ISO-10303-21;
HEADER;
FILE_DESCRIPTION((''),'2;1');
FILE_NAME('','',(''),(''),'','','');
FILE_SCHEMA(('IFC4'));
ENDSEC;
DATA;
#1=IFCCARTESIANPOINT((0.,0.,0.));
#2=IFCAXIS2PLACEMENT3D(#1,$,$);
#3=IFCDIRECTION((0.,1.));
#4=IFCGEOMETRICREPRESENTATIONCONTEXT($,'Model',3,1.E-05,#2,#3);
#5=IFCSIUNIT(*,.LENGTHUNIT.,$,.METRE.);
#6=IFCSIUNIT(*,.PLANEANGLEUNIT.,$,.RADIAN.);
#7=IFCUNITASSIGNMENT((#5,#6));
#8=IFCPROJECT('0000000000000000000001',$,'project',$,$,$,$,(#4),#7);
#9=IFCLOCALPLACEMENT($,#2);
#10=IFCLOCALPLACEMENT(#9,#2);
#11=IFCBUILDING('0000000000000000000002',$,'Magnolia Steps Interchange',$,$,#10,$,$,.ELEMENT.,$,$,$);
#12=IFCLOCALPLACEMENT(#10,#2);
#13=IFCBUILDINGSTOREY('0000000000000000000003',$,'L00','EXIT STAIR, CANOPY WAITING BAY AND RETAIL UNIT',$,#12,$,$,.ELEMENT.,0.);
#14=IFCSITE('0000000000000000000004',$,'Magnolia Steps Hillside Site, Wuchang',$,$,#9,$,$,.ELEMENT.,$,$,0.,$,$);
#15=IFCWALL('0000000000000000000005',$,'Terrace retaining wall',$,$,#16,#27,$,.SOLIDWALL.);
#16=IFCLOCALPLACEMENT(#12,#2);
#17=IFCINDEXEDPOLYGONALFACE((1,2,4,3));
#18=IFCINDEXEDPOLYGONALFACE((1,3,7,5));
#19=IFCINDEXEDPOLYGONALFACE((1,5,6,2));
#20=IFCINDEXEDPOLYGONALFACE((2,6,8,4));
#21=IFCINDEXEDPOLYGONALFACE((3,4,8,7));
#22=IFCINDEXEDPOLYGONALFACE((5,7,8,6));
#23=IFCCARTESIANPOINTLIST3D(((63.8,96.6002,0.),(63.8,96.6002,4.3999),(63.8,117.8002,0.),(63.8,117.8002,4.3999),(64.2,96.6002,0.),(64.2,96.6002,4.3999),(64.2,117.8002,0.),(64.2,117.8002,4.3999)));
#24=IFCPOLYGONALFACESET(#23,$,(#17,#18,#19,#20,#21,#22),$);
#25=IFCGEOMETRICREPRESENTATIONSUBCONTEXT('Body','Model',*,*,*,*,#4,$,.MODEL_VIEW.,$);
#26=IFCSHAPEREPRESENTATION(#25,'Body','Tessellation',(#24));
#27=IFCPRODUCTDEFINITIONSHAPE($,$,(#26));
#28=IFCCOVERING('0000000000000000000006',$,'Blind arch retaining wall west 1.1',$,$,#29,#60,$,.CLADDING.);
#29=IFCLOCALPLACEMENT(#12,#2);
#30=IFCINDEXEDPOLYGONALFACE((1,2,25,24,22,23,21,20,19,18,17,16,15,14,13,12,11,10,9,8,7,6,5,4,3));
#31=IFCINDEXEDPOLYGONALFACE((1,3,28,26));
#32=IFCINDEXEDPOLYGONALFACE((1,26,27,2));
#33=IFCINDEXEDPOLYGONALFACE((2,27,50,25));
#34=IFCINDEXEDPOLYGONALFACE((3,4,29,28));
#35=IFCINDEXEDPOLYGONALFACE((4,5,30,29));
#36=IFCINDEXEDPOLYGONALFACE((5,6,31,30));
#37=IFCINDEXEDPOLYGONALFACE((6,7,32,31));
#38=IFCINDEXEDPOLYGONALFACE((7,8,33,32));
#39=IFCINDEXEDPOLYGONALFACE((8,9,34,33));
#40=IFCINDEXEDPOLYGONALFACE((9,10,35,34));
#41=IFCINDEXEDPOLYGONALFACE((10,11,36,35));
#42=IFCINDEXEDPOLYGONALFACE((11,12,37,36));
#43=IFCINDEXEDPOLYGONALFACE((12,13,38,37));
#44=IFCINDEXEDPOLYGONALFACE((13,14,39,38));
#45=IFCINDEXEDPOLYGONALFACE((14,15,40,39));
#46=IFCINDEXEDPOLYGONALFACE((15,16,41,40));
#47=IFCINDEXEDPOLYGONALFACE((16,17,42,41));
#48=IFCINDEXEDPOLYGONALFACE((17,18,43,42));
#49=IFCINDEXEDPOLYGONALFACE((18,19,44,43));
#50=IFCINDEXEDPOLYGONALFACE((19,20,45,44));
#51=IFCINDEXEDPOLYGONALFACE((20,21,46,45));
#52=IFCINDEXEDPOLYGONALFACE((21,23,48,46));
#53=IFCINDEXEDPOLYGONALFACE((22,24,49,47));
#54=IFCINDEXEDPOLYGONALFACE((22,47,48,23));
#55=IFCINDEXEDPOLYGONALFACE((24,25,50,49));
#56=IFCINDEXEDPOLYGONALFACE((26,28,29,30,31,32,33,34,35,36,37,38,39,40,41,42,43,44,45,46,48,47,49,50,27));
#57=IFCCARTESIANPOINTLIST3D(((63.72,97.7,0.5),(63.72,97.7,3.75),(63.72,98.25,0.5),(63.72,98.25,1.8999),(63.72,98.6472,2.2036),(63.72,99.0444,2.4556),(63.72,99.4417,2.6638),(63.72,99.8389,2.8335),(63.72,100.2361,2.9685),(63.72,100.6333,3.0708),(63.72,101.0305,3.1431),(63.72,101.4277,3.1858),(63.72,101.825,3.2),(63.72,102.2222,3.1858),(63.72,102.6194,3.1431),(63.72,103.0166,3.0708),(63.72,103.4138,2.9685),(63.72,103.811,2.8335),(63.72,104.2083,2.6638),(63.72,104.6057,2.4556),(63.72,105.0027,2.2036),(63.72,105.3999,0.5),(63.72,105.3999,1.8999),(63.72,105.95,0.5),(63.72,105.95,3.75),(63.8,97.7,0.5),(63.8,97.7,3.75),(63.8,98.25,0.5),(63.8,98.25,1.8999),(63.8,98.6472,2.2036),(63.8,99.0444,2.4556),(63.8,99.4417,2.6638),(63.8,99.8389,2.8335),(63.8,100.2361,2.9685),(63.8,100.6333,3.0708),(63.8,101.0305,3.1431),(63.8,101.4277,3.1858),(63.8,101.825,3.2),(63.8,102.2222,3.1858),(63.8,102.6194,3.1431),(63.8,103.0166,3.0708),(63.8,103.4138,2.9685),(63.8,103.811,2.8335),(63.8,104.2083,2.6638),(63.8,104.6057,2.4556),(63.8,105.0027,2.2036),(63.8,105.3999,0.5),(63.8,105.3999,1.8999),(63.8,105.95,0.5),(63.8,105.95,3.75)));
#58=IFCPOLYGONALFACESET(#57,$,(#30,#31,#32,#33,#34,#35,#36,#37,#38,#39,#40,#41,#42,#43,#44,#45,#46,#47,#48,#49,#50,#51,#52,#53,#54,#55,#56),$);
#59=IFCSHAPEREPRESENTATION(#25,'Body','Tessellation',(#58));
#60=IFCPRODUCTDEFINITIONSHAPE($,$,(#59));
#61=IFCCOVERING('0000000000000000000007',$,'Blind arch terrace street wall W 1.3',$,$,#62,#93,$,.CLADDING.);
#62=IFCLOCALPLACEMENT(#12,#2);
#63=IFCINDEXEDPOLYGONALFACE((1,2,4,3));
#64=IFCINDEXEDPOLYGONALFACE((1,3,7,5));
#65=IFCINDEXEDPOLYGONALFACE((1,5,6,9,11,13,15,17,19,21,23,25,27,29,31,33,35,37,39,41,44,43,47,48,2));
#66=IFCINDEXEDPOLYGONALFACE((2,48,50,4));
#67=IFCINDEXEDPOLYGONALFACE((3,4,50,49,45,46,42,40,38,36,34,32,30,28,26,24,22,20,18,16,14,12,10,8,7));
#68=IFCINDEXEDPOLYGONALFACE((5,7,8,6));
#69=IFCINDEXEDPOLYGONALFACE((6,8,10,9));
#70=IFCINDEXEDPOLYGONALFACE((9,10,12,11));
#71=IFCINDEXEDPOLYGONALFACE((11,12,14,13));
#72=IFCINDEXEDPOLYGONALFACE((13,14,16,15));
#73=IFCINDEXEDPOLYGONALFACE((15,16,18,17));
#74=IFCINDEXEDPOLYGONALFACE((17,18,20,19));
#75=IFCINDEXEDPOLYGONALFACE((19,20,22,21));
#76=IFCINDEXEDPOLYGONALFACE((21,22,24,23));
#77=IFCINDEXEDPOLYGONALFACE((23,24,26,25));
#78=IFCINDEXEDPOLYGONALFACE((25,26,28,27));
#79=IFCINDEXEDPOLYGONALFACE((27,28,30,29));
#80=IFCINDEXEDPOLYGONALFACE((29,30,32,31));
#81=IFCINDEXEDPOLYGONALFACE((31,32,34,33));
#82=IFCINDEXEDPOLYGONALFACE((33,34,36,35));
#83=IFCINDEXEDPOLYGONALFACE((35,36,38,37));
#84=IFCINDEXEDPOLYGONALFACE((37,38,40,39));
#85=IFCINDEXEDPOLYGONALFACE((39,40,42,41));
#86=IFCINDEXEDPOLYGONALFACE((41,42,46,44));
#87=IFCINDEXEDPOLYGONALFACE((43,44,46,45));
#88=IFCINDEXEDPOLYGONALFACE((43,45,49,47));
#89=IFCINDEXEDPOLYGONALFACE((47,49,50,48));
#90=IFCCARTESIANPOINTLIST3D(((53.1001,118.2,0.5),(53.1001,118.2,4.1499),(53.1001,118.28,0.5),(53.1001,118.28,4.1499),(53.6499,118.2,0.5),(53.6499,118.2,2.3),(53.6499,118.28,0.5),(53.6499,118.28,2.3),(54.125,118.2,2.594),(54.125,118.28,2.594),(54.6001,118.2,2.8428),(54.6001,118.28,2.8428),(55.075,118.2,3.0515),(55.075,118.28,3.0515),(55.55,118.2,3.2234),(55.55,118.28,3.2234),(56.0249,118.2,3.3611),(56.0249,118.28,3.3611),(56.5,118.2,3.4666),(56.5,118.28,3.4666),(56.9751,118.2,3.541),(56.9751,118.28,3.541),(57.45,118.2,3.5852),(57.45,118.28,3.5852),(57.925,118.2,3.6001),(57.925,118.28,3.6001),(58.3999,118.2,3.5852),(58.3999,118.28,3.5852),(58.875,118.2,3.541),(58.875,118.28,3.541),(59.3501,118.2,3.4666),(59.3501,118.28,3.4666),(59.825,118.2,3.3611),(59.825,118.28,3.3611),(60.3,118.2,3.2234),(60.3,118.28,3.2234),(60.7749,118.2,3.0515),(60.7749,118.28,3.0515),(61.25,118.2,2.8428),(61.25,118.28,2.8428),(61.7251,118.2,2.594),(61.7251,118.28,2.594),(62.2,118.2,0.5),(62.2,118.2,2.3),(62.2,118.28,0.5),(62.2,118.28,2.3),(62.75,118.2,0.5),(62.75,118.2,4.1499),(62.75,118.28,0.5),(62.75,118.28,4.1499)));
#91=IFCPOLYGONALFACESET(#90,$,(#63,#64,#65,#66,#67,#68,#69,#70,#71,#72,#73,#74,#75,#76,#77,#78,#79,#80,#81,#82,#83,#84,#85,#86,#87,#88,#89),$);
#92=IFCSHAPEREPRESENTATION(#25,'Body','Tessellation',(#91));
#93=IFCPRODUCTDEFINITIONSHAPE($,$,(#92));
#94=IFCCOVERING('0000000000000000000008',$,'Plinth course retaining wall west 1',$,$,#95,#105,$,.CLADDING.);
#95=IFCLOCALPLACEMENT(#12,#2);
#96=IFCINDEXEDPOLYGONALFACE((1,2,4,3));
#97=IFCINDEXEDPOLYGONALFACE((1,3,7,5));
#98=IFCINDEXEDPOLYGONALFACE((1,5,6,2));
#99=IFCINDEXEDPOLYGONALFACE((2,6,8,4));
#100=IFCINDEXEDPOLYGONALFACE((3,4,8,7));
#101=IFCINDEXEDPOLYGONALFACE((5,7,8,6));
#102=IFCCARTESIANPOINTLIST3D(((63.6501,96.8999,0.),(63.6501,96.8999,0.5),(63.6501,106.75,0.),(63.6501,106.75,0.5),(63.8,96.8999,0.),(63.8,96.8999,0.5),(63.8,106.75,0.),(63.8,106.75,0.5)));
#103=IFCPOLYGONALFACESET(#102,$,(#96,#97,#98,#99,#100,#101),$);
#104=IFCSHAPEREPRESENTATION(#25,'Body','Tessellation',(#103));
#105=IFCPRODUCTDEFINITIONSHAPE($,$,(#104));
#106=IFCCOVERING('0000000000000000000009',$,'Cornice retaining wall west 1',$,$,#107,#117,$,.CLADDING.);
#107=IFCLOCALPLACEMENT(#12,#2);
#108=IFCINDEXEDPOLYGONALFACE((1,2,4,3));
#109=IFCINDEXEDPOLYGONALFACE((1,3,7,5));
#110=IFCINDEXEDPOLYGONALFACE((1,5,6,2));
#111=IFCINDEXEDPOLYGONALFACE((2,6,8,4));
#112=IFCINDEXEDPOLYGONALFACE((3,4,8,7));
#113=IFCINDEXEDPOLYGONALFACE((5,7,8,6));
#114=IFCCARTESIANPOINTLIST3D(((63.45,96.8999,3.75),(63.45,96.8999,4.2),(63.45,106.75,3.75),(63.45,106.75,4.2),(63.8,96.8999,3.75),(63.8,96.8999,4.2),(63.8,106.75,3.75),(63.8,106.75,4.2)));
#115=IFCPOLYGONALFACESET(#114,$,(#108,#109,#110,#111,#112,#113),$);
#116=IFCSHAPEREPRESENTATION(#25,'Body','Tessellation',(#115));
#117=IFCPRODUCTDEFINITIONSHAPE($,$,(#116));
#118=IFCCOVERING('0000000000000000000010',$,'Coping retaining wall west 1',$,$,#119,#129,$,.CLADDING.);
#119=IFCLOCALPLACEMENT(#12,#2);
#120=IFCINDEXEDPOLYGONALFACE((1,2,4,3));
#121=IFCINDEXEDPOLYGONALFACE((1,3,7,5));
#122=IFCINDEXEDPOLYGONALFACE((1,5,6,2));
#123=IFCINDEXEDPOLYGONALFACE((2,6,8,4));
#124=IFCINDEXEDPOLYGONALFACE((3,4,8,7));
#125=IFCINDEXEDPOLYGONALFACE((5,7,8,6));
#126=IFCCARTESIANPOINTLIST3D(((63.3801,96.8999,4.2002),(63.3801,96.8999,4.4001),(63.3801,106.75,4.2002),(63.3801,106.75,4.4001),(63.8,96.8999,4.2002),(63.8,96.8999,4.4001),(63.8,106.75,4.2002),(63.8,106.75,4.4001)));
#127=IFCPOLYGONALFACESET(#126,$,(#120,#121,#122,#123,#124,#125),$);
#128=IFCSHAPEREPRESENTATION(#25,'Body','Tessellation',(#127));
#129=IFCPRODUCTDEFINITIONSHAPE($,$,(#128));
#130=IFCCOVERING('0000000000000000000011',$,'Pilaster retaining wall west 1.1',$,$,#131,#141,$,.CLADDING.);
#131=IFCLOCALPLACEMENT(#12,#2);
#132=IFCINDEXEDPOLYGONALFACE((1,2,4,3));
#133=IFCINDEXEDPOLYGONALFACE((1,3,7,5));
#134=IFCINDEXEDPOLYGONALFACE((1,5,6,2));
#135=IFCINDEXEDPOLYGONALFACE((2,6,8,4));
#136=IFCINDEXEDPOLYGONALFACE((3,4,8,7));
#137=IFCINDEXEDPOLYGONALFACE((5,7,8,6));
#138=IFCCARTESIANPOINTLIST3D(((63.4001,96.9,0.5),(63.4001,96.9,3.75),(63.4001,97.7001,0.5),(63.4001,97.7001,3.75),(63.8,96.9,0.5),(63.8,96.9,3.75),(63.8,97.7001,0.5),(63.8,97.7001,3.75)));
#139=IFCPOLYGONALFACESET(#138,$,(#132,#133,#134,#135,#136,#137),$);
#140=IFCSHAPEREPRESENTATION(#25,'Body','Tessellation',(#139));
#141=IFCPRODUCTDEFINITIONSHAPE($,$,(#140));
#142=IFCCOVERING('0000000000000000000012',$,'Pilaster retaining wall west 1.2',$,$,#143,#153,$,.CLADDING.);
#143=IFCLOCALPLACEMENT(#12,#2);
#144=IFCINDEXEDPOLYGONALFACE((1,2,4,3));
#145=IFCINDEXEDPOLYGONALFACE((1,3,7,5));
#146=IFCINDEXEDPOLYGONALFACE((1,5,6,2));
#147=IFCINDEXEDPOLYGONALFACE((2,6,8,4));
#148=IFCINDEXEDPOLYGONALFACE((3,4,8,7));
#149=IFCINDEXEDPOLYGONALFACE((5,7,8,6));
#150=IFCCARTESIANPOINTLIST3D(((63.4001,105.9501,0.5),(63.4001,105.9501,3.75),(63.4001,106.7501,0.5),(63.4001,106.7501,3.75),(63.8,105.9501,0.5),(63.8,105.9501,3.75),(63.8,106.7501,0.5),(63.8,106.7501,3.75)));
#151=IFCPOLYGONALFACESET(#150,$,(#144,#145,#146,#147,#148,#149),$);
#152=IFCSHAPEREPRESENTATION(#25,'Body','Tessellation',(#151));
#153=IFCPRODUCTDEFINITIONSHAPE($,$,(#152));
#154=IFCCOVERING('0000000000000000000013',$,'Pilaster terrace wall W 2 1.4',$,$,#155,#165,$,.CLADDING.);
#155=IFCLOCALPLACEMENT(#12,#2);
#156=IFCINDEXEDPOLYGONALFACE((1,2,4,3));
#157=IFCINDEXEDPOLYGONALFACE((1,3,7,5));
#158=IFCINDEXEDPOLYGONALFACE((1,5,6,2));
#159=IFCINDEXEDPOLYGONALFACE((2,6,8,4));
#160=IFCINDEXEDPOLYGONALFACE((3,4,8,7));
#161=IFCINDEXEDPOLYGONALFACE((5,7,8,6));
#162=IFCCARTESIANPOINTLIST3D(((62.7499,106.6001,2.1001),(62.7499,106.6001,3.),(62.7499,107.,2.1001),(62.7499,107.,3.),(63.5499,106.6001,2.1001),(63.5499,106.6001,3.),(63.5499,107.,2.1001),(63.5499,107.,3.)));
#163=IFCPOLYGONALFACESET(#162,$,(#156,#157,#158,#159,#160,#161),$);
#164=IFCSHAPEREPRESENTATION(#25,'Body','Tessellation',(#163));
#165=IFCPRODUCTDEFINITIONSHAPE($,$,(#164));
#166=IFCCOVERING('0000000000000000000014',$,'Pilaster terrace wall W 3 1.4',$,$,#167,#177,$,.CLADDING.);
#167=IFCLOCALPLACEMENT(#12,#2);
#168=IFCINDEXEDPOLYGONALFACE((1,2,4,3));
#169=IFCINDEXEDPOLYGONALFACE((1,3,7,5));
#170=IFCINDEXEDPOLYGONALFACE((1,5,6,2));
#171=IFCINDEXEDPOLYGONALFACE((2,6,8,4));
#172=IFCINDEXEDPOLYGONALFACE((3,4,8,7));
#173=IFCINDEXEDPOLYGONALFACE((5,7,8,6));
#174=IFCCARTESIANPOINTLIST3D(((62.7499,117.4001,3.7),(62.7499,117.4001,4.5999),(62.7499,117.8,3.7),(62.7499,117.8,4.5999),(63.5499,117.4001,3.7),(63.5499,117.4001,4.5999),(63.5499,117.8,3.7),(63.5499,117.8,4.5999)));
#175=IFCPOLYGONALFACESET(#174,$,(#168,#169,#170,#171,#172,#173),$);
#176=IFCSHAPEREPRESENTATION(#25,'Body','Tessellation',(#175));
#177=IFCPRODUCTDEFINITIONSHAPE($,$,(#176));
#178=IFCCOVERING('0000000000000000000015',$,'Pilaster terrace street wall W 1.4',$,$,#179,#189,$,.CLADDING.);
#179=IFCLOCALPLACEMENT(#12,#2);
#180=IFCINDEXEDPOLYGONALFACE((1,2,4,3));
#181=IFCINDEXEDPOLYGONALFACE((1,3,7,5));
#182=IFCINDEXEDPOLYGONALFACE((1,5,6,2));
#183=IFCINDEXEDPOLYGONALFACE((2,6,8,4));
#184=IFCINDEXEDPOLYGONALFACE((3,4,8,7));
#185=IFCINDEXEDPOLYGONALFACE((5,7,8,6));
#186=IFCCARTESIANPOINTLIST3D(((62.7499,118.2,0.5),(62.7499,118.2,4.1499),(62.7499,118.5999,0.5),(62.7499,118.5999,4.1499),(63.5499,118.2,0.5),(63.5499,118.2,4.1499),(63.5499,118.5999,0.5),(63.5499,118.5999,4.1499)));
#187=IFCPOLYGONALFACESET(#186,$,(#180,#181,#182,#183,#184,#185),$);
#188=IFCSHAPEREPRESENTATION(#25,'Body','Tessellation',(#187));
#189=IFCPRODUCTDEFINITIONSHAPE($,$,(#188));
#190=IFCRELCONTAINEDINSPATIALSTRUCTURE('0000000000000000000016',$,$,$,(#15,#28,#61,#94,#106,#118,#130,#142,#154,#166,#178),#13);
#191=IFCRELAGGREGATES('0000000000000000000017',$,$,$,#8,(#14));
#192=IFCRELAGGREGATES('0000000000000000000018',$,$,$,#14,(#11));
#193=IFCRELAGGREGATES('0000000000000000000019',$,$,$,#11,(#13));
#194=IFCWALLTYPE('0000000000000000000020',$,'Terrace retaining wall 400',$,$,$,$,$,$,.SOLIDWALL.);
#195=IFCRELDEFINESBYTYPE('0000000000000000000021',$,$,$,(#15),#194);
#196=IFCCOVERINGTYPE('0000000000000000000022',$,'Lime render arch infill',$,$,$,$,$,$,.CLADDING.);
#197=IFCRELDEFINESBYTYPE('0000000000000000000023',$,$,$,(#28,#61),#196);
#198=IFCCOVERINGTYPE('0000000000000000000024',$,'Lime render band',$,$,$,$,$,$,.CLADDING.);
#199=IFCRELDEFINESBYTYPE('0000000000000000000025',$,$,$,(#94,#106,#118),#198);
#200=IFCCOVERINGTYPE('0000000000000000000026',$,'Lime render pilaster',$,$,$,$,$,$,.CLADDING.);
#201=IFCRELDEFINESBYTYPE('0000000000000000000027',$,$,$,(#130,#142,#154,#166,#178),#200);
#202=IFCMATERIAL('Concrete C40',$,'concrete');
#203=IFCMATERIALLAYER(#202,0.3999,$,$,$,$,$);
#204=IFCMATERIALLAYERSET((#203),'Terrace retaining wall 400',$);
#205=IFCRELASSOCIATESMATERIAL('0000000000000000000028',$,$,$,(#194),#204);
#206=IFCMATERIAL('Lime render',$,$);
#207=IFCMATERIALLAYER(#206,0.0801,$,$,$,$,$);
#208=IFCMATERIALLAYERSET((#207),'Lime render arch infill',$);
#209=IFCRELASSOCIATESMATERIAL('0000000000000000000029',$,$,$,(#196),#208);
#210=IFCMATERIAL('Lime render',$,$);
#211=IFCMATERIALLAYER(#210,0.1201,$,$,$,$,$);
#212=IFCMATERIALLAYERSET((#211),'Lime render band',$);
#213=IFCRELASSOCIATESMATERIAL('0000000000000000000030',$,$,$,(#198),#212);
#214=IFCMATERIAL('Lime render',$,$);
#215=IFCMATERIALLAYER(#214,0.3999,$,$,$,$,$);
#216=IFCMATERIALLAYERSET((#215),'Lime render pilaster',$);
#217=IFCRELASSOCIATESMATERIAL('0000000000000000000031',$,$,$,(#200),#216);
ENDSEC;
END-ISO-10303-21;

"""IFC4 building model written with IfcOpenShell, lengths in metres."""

from ifc_helpers import new_model, si_unit, direction, frame, frame_2d, origin, origin_2d, place, context, subcontext, project, spatial, polyline, rectangle, outline, extrude, material, layer, layer_set, type_object, element, save


model = new_model("IFC4")

# Units and contexts
model_context = context("Model", 3, precision=1e-05, world=origin(), true_north=direction((0.0, 1.0)))
body_context = subcontext(model_context, "Body", "Model", "MODEL_VIEW")
ifc_project = project(units=[si_unit("LENGTHUNIT", "METRE"), si_unit("PLANEANGLEUNIT", "RADIAN")], contexts=[model_context])

# Site, building, storey
site_placement = place(None, origin())
site = spatial("IfcSite", under=ifc_project, at=site_placement, Name="Magnolia Steps Hillside Site, Wuchang", CompositionType="ELEMENT", RefElevation=0.0)
building_placement = place(site_placement, origin())
building = spatial("IfcBuilding", under=site, at=building_placement, Name="Magnolia Steps Interchange", CompositionType="ELEMENT")
storey_placement = place(building_placement, origin())
storey = spatial("IfcBuildingStorey", under=building, at=storey_placement, Name="L00", Description="EXIT STAIR, CANOPY WAITING BAY AND RETAIL UNIT", CompositionType="ELEMENT", Elevation=0.0)

# Wall
ifc_material_1 = material(Name="Concrete C40", Category="concrete")
ifc_layer_1 = layer(ifc_material_1, 0.3999)
ifc_layer_set_1 = layer_set([ifc_layer_1], Name="Terrace retaining wall 400")
wall_type_1 = type_object("IfcWallType", Name="Terrace retaining wall 400", PredefinedType="SOLIDWALL", material=ifc_layer_set_1)
wall_1_placement = place(storey_placement, frame((64.0, 96.6001, 0.0), z_axis=(0.0, 0.0, 1.0), x_axis=(0.0, 1.0, 0.0)))
element("IfcWall", 1, at=wall_1_placement, inside=storey, type_object=wall_type_1, Name="Terrace retaining wall", PredefinedType="SOLIDWALL", context=body_context, shape_type="SweptSolid", body=[
    extrude(rectangle(XDim=21.2, YDim=0.3999, at=frame_2d((10.6001, 0.0))), origin(), (0.0, 0.0, 1.0), 4.3999),
])

# Coverings
ifc_material_2 = material(Name="Lime render")
ifc_layer_2 = layer(ifc_material_2, 0.0801)
ifc_layer_set_2 = layer_set([ifc_layer_2], Name="Lime render arch infill")
covering_type_1 = type_object("IfcCoveringType", Name="Lime render arch infill", PredefinedType="CLADDING", material=ifc_layer_set_2)
covering_1_placement = place(storey_placement, frame((63.8, 98.25, 0.5), z_axis=(1.0, 0.0, 0.0), x_axis=(0.0, 0.0, 1.0)))
element("IfcCovering", 2, at=covering_1_placement, inside=storey, type_object=covering_type_1, Name="Blind arch retaining wall west 1.1", PredefinedType="CLADDING", context=body_context, shape_type="SweptSolid", body=[
    extrude(outline(polyline([(0.0, 0.0), (1.3999, 0.0), (1.7036, -0.3972), (1.9556, -0.7944), (2.1638, -1.1917), (2.3335, -1.5889), (2.4685, -1.9861), (2.5708, -2.3833), (2.6431, -2.7805), (2.6858, -3.1777), (2.7, -3.575), (2.6858, -3.9722), (2.6431, -4.3694), (2.5708, -4.7666), (2.4685, -5.1638), (2.3335, -5.561), (2.1638, -5.9583), (1.9556, -6.3557), (1.7036, -6.7527), (1.3999, -7.1499), (0.0, -7.1499), (0.0, -7.7), (3.25, -7.7), (3.25, 0.55), (0.0, 0.55), (0.0, 0.0)])), origin(), (0.0, 0.0, -1.0), 0.0801),
])
covering_2_placement = place(storey_placement, frame((53.6499, 118.2, 0.5), z_axis=(0.0, -1.0, 0.0), x_axis=(0.0, 0.0, 1.0)))
element("IfcCovering", 3, at=covering_2_placement, inside=storey, type_object=covering_type_1, Name="Blind arch terrace street wall W 1.3", PredefinedType="CLADDING", context=body_context, shape_type="SweptSolid", body=[
    extrude(outline(polyline([(0.0, 0.0), (1.8, 0.0), (2.094, -0.4751), (2.3428, -0.9502), (2.5515, -1.425), (2.7234, -1.9001), (2.8611, -2.375), (2.9666, -2.8501), (3.041, -3.3252), (3.0852, -3.8), (3.1001, -4.2751), (3.0852, -4.75), (3.041, -5.2251), (2.9666, -5.7002), (2.8611, -6.175), (2.7234, -6.6501), (2.5515, -7.125), (2.3428, -7.6001), (2.094, -8.0752), (1.8, -8.55), (0.0, -8.55), (0.0, -9.1001), (3.6499, -9.1001), (3.6499, 0.5498), (0.0, 0.5498), (0.0, 0.0)])), origin(), (0.0, 0.0, -1.0), 0.0801),
])
ifc_material_3 = material(Name="Lime render")
ifc_layer_3 = layer(ifc_material_3, 0.1201)
ifc_layer_set_3 = layer_set([ifc_layer_3], Name="Lime render band")
covering_type_2 = type_object("IfcCoveringType", Name="Lime render band", PredefinedType="CLADDING", material=ifc_layer_set_3)
covering_3_placement = place(storey_placement, frame((63.7251, 101.825, 0.0), z_axis=(0.0, 0.0, 1.0), x_axis=(1.0, 0.0, 0.0)))
element("IfcCovering", 4, at=covering_3_placement, inside=storey, type_object=covering_type_2, Name="Plinth course retaining wall west 1", PredefinedType="CLADDING", context=body_context, shape_type="SweptSolid", body=[
    extrude(rectangle(XDim=0.1499, YDim=9.8501, at=origin_2d()), origin(), (0.0, 0.0, 1.0), 0.5),
])
covering_4_placement = place(storey_placement, frame((63.625, 101.825, 3.75), z_axis=(0.0, 0.0, 1.0), x_axis=(1.0, 0.0, 0.0)))
element("IfcCovering", 5, at=covering_4_placement, inside=storey, type_object=covering_type_2, Name="Cornice retaining wall west 1", PredefinedType="CLADDING", context=body_context, shape_type="SweptSolid", body=[
    extrude(rectangle(XDim=0.3501, YDim=9.8501, at=origin_2d()), origin(), (0.0, 0.0, 1.0), 0.45),
])
covering_5_placement = place(storey_placement, frame((63.5901, 101.825, 4.2002), z_axis=(0.0, 0.0, 1.0), x_axis=(1.0, 0.0, 0.0)))
element("IfcCovering", 6, at=covering_5_placement, inside=storey, type_object=covering_type_2, Name="Coping retaining wall west 1", PredefinedType="CLADDING", context=body_context, shape_type="SweptSolid", body=[
    extrude(rectangle(XDim=0.4199, YDim=9.8501, at=origin_2d()), origin(), (0.0, 0.0, 1.0), 0.2),
])
ifc_material_4 = material(Name="Lime render")
ifc_layer_4 = layer(ifc_material_4, 0.3999)
ifc_layer_set_4 = layer_set([ifc_layer_4], Name="Lime render pilaster")
covering_type_3 = type_object("IfcCoveringType", Name="Lime render pilaster", PredefinedType="CLADDING", material=ifc_layer_set_4)
for number, where, z_axis, x_axis, name in (
    (7, (63.6001, 97.3, 0.5), (0.0, 0.0, 1.0), (1.0, 0.0, 0.0), "Pilaster retaining wall west 1.1"),
    (8, (63.6001, 106.3501, 0.5), (0.0, 0.0, 1.0), (1.0, 0.0, 0.0), "Pilaster retaining wall west 1.2"),
):
    element("IfcCovering", number, at=place(storey_placement, frame(where, z_axis=z_axis, x_axis=x_axis)), inside=storey, type_object=covering_type_3, Name=name, PredefinedType="CLADDING", context=body_context, shape_type="SweptSolid", body=[
        extrude(rectangle(XDim=0.3999, YDim=0.8, at=origin_2d()), origin(), (0.0, 0.0, 1.0), 3.25),
    ])
for number, where, z_axis, x_axis, name in (
    (9, (63.1499, 106.8, 2.1001), (0.0, 0.0, 1.0), (1.0, 0.0, 0.0), "Pilaster terrace wall W 2 1.4"),
    (10, (63.1499, 117.6001, 3.7), (0.0, 0.0, 1.0), (1.0, 0.0, 0.0), "Pilaster terrace wall W 3 1.4"),
):
    element("IfcCovering", number, at=place(storey_placement, frame(where, z_axis=z_axis, x_axis=x_axis)), inside=storey, type_object=covering_type_3, Name=name, PredefinedType="CLADDING", context=body_context, shape_type="SweptSolid", body=[
        extrude(rectangle(XDim=0.8, YDim=0.3999, at=origin_2d()), origin(), (0.0, 0.0, 1.0), 0.8999),
    ])
covering_6_placement = place(storey_placement, frame((63.1499, 118.3999, 0.5), z_axis=(0.0, 0.0, 1.0), x_axis=(1.0, 0.0, 0.0)))
element("IfcCovering", 11, at=covering_6_placement, inside=storey, type_object=covering_type_3, Name="Pilaster terrace street wall W 1.4", PredefinedType="CLADDING", context=body_context, shape_type="SweptSolid", body=[
    extrude(rectangle(XDim=0.8, YDim=0.3999, at=origin_2d()), origin(), (0.0, 0.0, 1.0), 3.6499),
])

save(model, "model.ifc")
